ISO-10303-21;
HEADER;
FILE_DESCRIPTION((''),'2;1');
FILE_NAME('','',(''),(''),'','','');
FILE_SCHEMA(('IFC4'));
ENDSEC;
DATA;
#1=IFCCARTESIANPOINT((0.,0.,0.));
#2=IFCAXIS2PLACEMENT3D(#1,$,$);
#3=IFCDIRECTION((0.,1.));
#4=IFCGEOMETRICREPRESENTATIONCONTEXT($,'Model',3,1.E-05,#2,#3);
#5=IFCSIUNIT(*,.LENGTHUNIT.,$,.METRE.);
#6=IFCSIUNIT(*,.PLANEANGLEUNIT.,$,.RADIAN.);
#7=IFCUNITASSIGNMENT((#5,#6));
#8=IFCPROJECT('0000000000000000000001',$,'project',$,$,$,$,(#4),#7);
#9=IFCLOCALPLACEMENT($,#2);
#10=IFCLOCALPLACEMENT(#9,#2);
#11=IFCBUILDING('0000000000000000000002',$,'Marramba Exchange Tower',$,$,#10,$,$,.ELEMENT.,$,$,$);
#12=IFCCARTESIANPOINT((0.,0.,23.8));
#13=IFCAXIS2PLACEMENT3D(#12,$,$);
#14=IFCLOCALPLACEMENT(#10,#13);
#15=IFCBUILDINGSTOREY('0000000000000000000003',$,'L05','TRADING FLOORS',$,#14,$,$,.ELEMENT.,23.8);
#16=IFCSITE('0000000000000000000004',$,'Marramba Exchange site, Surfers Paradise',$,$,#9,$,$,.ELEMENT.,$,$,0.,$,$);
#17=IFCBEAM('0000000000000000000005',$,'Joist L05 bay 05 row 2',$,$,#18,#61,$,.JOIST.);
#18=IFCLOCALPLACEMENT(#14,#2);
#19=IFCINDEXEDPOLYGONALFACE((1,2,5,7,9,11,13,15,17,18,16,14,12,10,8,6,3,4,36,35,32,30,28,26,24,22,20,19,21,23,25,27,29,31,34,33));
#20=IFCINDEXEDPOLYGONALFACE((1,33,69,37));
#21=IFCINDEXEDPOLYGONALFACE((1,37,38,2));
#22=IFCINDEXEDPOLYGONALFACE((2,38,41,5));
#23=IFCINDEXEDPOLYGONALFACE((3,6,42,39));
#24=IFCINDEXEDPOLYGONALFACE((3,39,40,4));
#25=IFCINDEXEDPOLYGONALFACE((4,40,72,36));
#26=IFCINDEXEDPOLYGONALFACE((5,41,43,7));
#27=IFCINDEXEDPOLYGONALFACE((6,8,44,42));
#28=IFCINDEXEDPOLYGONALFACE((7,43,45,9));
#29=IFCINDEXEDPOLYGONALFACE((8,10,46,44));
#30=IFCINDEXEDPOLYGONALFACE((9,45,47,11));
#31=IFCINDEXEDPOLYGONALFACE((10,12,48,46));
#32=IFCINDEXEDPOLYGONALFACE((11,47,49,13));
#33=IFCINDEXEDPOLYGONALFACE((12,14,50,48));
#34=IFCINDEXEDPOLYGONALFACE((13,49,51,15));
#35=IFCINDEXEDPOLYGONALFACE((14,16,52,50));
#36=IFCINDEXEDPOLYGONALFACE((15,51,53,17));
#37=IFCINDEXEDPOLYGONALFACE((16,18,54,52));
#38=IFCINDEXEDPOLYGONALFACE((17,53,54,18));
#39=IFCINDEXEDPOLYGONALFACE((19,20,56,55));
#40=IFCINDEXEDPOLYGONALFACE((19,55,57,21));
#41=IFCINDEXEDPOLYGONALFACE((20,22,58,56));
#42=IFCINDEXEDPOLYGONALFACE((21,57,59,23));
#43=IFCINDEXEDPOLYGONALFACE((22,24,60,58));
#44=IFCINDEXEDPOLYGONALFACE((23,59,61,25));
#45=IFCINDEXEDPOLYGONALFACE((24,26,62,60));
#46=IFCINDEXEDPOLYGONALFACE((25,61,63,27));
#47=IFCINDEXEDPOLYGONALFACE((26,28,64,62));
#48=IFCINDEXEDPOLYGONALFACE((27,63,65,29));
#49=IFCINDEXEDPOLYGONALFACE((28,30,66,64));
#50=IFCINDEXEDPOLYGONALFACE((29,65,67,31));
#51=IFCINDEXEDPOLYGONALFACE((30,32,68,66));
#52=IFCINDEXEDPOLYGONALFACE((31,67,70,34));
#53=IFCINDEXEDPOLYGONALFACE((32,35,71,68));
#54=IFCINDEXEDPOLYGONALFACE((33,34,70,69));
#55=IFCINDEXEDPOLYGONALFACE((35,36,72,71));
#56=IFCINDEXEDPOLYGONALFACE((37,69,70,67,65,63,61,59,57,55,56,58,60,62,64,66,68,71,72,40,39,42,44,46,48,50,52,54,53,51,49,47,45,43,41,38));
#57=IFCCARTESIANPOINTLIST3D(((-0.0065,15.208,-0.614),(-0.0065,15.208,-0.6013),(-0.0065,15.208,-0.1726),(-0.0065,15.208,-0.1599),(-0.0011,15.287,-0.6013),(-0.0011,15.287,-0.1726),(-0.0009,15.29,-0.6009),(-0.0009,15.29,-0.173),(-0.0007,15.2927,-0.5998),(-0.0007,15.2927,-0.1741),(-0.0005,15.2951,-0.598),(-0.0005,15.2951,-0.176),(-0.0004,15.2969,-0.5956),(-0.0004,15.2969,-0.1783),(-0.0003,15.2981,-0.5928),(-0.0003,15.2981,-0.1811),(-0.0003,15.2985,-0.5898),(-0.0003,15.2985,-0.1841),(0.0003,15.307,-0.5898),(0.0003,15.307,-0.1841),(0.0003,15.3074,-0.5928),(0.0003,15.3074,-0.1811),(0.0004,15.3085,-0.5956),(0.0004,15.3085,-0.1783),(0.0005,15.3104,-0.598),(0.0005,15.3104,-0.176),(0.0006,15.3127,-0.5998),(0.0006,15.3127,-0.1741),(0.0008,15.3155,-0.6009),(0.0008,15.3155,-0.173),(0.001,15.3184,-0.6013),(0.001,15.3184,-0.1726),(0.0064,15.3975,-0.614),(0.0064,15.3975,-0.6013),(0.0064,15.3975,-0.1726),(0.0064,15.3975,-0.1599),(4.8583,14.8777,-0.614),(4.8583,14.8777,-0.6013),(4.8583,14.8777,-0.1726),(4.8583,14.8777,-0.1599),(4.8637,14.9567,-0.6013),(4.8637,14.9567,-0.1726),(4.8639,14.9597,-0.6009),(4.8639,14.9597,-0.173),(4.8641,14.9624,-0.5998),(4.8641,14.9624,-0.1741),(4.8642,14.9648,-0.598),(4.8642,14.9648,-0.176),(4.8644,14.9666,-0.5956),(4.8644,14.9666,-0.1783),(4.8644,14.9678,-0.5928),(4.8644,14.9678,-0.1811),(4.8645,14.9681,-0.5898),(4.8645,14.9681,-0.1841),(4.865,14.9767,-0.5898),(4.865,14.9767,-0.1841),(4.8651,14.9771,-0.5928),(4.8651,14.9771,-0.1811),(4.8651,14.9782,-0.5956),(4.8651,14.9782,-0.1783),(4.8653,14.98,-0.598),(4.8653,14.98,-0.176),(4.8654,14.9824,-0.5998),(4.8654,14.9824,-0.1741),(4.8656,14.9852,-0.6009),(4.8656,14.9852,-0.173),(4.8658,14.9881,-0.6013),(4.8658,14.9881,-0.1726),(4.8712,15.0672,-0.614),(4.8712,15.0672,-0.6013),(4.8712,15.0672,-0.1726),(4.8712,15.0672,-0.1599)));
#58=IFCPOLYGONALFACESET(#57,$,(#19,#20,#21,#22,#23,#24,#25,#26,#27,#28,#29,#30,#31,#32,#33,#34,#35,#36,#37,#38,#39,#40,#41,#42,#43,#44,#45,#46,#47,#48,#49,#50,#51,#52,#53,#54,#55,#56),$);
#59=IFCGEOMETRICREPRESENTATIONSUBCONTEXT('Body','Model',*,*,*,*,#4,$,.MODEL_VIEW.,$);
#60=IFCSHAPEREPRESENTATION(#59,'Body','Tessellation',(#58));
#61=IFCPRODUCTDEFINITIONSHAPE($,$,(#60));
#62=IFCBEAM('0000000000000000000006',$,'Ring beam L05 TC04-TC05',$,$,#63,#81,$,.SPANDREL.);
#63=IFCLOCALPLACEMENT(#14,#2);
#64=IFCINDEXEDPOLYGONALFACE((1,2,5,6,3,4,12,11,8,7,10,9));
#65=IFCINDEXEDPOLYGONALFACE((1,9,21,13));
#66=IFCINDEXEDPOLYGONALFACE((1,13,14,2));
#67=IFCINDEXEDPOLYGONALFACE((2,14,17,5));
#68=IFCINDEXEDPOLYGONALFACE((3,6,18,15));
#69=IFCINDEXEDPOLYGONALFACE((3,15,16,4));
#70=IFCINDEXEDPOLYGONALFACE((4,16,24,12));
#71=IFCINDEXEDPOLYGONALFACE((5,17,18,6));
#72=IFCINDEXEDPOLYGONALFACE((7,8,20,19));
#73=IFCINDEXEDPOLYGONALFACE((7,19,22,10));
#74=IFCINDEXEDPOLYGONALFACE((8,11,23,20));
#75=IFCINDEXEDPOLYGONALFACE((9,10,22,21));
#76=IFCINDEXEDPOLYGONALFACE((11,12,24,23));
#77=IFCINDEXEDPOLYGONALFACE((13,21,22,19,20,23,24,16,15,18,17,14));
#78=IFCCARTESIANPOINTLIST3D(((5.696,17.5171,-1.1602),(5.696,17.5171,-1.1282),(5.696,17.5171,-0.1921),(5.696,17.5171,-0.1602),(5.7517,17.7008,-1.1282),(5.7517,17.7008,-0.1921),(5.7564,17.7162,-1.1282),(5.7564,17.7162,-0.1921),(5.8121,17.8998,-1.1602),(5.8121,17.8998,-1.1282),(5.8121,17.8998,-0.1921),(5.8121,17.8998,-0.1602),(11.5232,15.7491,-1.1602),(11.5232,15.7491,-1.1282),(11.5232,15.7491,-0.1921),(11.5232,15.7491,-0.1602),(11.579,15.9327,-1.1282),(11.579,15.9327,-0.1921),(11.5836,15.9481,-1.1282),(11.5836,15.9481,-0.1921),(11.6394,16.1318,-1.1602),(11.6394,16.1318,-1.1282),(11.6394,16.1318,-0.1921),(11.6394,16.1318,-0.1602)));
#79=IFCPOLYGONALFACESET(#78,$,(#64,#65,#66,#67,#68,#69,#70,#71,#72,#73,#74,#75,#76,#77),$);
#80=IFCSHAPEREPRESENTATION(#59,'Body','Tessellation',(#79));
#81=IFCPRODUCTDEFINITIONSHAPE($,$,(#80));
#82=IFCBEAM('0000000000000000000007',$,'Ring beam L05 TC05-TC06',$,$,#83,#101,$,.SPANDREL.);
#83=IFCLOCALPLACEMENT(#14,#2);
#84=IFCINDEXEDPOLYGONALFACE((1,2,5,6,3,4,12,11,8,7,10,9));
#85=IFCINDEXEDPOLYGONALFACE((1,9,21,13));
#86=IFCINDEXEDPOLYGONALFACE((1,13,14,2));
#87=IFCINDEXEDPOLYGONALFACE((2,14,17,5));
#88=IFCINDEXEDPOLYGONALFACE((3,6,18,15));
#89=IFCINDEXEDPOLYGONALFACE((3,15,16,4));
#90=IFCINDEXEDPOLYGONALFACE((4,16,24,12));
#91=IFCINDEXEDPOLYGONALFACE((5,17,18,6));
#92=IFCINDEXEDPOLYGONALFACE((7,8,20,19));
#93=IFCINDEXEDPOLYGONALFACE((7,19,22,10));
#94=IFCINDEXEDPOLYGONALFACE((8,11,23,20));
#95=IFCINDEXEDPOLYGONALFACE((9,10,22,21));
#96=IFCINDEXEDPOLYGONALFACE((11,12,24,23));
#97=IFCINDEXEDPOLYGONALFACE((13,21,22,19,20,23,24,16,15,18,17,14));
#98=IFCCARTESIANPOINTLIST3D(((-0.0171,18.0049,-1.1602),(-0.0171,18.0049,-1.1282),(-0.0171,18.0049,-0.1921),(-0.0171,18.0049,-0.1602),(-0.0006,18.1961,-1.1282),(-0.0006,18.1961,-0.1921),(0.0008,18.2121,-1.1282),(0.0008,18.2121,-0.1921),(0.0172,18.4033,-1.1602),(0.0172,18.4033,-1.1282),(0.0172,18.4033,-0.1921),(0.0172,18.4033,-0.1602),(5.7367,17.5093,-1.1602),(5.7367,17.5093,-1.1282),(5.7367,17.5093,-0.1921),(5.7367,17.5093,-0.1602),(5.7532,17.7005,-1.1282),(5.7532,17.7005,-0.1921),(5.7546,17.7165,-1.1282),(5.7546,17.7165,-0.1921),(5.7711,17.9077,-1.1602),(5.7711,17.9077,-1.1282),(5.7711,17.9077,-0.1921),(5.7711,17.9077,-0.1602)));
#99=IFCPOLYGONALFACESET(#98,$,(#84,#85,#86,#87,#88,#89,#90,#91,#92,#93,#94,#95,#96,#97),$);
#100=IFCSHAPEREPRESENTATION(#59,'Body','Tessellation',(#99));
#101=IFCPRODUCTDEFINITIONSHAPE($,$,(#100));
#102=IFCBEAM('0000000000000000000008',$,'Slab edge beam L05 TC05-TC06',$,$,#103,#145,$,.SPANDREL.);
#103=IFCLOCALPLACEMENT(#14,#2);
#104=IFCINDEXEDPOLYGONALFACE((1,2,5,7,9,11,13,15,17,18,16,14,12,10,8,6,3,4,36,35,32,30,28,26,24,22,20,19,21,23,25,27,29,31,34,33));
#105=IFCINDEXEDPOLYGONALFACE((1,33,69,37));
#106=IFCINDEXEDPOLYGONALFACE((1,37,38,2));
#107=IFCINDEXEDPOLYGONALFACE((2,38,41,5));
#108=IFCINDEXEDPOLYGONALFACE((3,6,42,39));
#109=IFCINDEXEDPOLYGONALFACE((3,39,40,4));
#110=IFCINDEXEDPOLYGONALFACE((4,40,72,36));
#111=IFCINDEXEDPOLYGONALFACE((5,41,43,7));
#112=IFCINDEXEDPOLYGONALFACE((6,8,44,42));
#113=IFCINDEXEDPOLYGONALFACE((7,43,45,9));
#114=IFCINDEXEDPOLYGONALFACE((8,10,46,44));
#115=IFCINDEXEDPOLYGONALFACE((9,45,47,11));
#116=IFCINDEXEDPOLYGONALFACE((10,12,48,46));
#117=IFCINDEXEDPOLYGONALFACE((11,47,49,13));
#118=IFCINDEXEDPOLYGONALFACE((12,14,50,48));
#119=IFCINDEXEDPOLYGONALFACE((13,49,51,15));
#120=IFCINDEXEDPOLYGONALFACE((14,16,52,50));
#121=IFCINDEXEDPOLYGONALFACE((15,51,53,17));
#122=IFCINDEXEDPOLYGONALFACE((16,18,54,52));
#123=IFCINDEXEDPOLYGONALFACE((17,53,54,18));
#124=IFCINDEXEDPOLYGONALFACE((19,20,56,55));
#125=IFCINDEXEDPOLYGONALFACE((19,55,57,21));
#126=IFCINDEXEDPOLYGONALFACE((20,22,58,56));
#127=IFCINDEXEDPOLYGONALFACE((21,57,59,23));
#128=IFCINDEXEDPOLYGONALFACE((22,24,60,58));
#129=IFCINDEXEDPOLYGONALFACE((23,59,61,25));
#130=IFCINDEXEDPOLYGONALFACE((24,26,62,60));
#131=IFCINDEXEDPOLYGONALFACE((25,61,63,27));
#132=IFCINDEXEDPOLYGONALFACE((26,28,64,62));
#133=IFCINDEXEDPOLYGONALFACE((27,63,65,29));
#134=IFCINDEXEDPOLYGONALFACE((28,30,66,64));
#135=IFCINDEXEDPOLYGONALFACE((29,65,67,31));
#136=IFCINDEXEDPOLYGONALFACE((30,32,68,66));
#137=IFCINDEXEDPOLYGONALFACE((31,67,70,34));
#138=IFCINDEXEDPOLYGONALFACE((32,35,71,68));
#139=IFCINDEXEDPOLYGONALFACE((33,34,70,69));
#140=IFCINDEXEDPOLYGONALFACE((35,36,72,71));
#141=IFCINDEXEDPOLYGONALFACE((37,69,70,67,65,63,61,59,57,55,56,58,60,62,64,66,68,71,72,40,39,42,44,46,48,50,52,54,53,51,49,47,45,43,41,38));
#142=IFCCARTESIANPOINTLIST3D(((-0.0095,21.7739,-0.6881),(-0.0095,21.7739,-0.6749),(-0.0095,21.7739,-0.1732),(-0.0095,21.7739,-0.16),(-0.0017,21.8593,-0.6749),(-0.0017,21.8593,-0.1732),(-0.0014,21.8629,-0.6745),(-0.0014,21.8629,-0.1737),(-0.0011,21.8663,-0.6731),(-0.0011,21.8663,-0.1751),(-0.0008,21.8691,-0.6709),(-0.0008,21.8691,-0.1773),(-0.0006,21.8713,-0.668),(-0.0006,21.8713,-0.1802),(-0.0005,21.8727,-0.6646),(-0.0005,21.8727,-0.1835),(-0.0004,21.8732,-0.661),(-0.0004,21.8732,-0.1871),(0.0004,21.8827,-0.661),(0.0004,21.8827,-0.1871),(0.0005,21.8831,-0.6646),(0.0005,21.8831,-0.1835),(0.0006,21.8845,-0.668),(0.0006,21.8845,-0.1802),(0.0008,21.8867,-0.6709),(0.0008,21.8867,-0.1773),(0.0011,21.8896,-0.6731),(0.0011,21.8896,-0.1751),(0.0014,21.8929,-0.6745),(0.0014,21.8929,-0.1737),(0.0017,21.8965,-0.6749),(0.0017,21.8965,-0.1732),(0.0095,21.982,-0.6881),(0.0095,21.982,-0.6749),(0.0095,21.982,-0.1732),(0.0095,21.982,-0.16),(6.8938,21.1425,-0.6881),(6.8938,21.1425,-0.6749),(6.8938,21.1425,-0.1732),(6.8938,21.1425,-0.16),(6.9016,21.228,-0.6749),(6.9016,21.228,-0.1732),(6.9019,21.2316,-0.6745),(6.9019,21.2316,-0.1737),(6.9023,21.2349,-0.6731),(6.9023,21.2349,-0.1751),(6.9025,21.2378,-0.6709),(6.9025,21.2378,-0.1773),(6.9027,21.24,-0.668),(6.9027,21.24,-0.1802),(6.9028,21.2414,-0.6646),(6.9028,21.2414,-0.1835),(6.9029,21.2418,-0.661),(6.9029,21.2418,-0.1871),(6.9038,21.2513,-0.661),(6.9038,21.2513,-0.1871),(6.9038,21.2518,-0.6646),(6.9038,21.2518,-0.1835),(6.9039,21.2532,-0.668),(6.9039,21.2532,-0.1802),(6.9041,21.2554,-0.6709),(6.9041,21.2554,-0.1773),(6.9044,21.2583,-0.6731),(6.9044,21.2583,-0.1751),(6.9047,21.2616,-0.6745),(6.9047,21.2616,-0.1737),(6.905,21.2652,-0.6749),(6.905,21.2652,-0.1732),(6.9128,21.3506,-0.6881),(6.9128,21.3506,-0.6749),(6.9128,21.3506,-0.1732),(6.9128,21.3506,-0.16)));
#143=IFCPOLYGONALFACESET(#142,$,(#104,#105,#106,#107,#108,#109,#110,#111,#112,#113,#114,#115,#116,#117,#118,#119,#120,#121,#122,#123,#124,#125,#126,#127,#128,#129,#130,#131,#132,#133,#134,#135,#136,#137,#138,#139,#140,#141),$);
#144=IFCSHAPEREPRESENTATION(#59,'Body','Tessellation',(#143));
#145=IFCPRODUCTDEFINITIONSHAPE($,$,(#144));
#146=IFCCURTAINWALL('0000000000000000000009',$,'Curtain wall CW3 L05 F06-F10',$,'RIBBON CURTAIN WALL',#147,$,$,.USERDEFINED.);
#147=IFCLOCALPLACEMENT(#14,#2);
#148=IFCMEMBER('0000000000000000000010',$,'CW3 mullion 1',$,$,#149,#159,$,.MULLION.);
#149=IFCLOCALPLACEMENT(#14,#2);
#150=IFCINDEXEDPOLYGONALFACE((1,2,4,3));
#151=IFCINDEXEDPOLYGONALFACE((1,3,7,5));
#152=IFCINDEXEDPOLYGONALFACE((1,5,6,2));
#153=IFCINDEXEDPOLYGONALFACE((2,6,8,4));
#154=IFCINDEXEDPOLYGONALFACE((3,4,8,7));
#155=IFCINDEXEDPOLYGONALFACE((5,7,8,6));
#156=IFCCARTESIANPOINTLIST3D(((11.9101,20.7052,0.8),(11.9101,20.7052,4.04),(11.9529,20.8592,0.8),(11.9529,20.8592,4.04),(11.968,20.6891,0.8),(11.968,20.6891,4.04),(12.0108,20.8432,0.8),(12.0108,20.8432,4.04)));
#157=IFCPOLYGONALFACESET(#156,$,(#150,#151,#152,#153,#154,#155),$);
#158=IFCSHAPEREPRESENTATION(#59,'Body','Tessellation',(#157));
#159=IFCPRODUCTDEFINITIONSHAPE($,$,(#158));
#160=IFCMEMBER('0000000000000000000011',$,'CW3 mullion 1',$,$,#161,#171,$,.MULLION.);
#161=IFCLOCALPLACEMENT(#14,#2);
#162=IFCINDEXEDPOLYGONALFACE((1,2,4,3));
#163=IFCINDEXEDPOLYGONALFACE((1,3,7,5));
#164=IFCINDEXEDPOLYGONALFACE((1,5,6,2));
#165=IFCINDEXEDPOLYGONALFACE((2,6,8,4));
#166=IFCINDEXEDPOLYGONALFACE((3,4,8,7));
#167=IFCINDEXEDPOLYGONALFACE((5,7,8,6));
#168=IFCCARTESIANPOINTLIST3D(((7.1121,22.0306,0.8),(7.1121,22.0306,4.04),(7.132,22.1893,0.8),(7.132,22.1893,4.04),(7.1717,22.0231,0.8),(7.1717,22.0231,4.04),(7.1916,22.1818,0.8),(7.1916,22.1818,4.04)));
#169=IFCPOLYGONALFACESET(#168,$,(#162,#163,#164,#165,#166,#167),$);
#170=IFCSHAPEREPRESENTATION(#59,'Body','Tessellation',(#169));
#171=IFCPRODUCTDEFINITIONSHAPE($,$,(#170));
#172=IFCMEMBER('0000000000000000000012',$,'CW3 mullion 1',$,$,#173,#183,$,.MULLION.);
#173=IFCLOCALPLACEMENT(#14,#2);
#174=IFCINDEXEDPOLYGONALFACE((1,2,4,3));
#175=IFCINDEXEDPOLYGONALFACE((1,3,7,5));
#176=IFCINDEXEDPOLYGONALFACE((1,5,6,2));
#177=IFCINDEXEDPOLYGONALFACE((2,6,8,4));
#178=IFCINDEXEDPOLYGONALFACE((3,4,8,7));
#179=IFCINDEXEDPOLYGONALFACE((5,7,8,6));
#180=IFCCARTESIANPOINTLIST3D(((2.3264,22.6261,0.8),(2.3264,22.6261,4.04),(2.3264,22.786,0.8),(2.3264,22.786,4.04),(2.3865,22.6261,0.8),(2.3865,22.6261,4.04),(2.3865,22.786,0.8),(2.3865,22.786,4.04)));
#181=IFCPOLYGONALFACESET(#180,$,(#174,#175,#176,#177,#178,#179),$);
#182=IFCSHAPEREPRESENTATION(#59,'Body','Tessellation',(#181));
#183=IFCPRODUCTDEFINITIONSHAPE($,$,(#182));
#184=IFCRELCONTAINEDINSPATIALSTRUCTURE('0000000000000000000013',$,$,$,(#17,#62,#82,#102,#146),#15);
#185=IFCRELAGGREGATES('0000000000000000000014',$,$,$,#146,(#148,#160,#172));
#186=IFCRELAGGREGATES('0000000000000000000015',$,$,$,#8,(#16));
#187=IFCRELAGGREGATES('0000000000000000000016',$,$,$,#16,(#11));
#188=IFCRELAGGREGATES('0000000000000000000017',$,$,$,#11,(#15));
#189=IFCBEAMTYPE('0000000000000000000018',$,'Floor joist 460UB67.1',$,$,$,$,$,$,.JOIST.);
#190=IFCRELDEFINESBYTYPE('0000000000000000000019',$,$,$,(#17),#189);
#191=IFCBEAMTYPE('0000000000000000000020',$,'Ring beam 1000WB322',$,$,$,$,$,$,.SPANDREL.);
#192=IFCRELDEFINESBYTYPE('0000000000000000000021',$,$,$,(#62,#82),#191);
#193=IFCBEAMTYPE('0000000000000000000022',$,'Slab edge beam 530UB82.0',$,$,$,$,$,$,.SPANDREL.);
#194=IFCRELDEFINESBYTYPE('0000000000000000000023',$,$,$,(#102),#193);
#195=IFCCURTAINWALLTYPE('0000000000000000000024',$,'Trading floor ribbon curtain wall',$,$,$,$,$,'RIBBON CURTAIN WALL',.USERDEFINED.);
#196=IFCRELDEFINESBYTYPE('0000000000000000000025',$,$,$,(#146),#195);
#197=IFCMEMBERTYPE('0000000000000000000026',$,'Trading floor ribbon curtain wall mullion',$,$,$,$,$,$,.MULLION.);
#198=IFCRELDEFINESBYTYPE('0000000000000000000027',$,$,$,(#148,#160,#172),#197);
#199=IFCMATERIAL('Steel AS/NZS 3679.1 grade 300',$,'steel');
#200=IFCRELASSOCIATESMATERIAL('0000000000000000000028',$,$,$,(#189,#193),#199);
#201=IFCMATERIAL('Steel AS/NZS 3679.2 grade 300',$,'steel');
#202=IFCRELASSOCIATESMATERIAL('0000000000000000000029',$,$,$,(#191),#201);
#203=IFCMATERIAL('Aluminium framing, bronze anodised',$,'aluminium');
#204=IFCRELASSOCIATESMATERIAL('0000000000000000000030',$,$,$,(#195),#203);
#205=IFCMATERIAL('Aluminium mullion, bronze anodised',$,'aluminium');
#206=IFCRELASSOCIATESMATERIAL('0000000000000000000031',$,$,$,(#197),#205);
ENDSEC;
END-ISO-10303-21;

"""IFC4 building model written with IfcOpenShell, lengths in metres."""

from ifc_helpers import new_model, si_unit, direction, frame, origin, origin_2d, place, context, subcontext, project, spatial, rectangle, i_section, extrude, material, material_profile, profile_set, type_object, element, aggregate, save


model = new_model("IFC4")

# Units and contexts
model_context = context("Model", 3, precision=1e-05, world=origin(), true_north=direction((0.0, 1.0)))
body_context = subcontext(model_context, "Body", "Model", "MODEL_VIEW")
ifc_project = project(units=[si_unit("LENGTHUNIT", "METRE"), si_unit("PLANEANGLEUNIT", "RADIAN")], contexts=[model_context])

# Site, building, storey
site_placement = place(None, origin())
site = spatial("IfcSite", under=ifc_project, at=site_placement, Name="Marramba Exchange site, Surfers Paradise", CompositionType="ELEMENT", RefElevation=0.0)
building_placement = place(site_placement, origin())
building = spatial("IfcBuilding", under=site, at=building_placement, Name="Marramba Exchange Tower", CompositionType="ELEMENT")
storey_placement = place(building_placement, frame((0.0, 0.0, 23.8)))
storey = spatial("IfcBuildingStorey", under=building, at=storey_placement, Name="L05", Description="TRADING FLOORS", CompositionType="ELEMENT", Elevation=23.8)

# Beams
ifc_material_1 = material(Name="Steel AS/NZS 3679.2 grade 300", Category="steel")
ifc_material_2 = material(Name="Steel AS/NZS 3679.1 grade 300", Category="steel")
ifc_material_profile_1 = material_profile(ifc_material_2, i_section(OverallWidth=0.1899, OverallDepth=0.4541, WebThickness=0.0085, FlangeThickness=0.0127, FilletRadius=0.0115, at=origin_2d()), Name="460UB67.1")
ifc_profile_set_1 = profile_set([ifc_material_profile_1], Name="Steel AS/NZS 3679.1 grade 300")
beam_type_1 = type_object("IfcBeamType", Name="Floor joist 460UB67.1", PredefinedType="JOIST", material=ifc_profile_set_1)
beam_1_placement = place(storey_placement, frame((4.8647, 14.9724, -0.387), z_axis=(-0.997703, 0.067745, 0.0), x_axis=(-0.067745, -0.997703, 0.0)))
element("IfcBeam", 1, at=beam_1_placement, inside=storey, type_object=beam_type_1, Name="Joist L05 bay 05 row 2", PredefinedType="JOIST", context=body_context, shape_type="SweptSolid", body=[
    extrude(i_section(OverallWidth=0.1899, OverallDepth=0.4541, WebThickness=0.0085, FlangeThickness=0.0127, FilletRadius=0.0115, at=origin_2d()), origin(), (0.0, 0.0, 1.0), 4.876),
])
ifc_material_profile_2 = material_profile(ifc_material_1, i_section(OverallWidth=0.3999, OverallDepth=1.0, WebThickness=0.0161, FlangeThickness=0.032, at=origin_2d()), Name="1000WB322")
ifc_profile_set_2 = profile_set([ifc_material_profile_2], Name="Steel AS/NZS 3679.2 grade 300")
beam_type_2 = type_object("IfcBeamType", Name="Ring beam 1000WB322", PredefinedType="SPANDREL", material=ifc_profile_set_2)
beam_2_placement = place(storey_placement, frame((11.5813, 15.9404, -0.6602), z_axis=(-0.956925, 0.290337, 0.0), x_axis=(-0.290337, -0.956925, 0.0)))
element("IfcBeam", 2, at=beam_2_placement, inside=storey, type_object=beam_type_2, Name="Ring beam L05 TC04-TC05", PredefinedType="SPANDREL", context=body_context, shape_type="SweptSolid", body=[
    extrude(i_section(OverallWidth=0.3999, OverallDepth=1.0, WebThickness=0.0161, FlangeThickness=0.032, at=origin_2d()), origin(), (0.0, 0.0, 1.0), 6.0896),
])
beam_3_placement = place(storey_placement, frame((5.7539, 17.7085, -0.6602), z_axis=(-0.996311, 0.085816, 0.0), x_axis=(-0.085816, -0.996311, 0.0)))
element("IfcBeam", 3, at=beam_3_placement, inside=storey, type_object=beam_type_2, Name="Ring beam L05 TC05-TC06", PredefinedType="SPANDREL", context=body_context, shape_type="SweptSolid", body=[
    extrude(i_section(OverallWidth=0.3999, OverallDepth=1.0, WebThickness=0.0161, FlangeThickness=0.032, at=origin_2d()), origin(), (0.0, 0.0, 1.0), 5.7751),
])
ifc_material_profile_3 = material_profile(ifc_material_2, i_section(OverallWidth=0.209, OverallDepth=0.5281, WebThickness=0.0095, FlangeThickness=0.0132, FilletRadius=0.0139, at=origin_2d()), Name="530UB82.0")
ifc_profile_set_3 = profile_set([ifc_material_profile_3], Name="Steel AS/NZS 3679.1 grade 300")
beam_type_3 = type_object("IfcBeamType", Name="Slab edge beam 530UB82.0", PredefinedType="SPANDREL", material=ifc_profile_set_3)
beam_4_placement = place(storey_placement, frame((6.9033, 21.2466, -0.4241), z_axis=(-0.995844, 0.091076, 0.0), x_axis=(-0.091076, -0.995844, 0.0)))
element("IfcBeam", 4, at=beam_4_placement, inside=storey, type_object=beam_type_3, Name="Slab edge beam L05 TC05-TC06", PredefinedType="SPANDREL", context=body_context, shape_type="SweptSolid", body=[
    extrude(i_section(OverallWidth=0.209, OverallDepth=0.5281, WebThickness=0.0095, FlangeThickness=0.0132, FilletRadius=0.0139, at=origin_2d()), origin(), (0.0, 0.0, 1.0), 6.9321),
])

# Curtain wall, members
ifc_material_3 = material(Name="Aluminium framing, bronze anodised", Category="aluminium")
curtain_wall_type = type_object("IfcCurtainWallType", Name="Trading floor ribbon curtain wall", ElementType="RIBBON CURTAIN WALL", PredefinedType="USERDEFINED", material=ifc_material_3)
curtain_wall_placement = place(storey_placement, origin())
curtain_wall = element("IfcCurtainWall", 5, at=curtain_wall_placement, inside=storey, type_object=curtain_wall_type, Name="Curtain wall CW3 L05 F06-F10", ObjectType="RIBBON CURTAIN WALL", PredefinedType="USERDEFINED")
ifc_material_4 = material(Name="Aluminium mullion, bronze anodised", Category="aluminium")
ifc_material_profile_4 = material_profile(ifc_material_4, rectangle(XDim=0.1599, YDim=0.0601, at=origin_2d()), Name="CW3 mullion 60x160")
ifc_profile_set_4 = profile_set([ifc_material_profile_4], Name="Aluminium mullion, bronze anodised")
member_type_1 = type_object("IfcMemberType", Name="Trading floor ribbon curtain wall mullion", PredefinedType="MULLION", material=ifc_profile_set_4)
member_1_placement = place(storey_placement, frame((11.9604, 20.7742, 0.8), z_axis=(0.0, 0.0, 1.0), x_axis=(-0.267809, -0.963472, 0.0)))
member_1 = element("IfcMember", 6, at=member_1_placement, type_object=member_type_1, Name="CW3 mullion 1", PredefinedType="MULLION", context=body_context, shape_type="SweptSolid", body=[
    extrude(rectangle(XDim=0.1599, YDim=0.0601, at=origin_2d()), origin(), (0.0, 0.0, 1.0), 3.24),
])
member_2_placement = place(storey_placement, frame((7.1519, 22.1062, 0.8), z_axis=(0.0, 0.0, 1.0), x_axis=(-0.124873, -0.992173, 0.0)))
member_2 = element("IfcMember", 7, at=member_2_placement, type_object=member_type_1, Name="CW3 mullion 1", PredefinedType="MULLION", context=body_context, shape_type="SweptSolid", body=[
    extrude(rectangle(XDim=0.1599, YDim=0.0601, at=origin_2d()), origin(), (0.0, 0.0, 1.0), 3.24),
])
member_3_placement = place(storey_placement, frame((2.3564, 22.7061, 0.8), z_axis=(0.0, 0.0, 1.0), x_axis=(0.0, -1.0, 0.0)))
member_3 = element("IfcMember", 8, at=member_3_placement, type_object=member_type_1, Name="CW3 mullion 1", PredefinedType="MULLION", context=body_context, shape_type="SweptSolid", body=[
    extrude(rectangle(XDim=0.1599, YDim=0.0601, at=origin_2d()), origin(), (0.0, 0.0, 1.0), 3.24),
])
aggregate(curtain_wall, [member_1, member_2, member_3])

save(model, "model.ifc")
